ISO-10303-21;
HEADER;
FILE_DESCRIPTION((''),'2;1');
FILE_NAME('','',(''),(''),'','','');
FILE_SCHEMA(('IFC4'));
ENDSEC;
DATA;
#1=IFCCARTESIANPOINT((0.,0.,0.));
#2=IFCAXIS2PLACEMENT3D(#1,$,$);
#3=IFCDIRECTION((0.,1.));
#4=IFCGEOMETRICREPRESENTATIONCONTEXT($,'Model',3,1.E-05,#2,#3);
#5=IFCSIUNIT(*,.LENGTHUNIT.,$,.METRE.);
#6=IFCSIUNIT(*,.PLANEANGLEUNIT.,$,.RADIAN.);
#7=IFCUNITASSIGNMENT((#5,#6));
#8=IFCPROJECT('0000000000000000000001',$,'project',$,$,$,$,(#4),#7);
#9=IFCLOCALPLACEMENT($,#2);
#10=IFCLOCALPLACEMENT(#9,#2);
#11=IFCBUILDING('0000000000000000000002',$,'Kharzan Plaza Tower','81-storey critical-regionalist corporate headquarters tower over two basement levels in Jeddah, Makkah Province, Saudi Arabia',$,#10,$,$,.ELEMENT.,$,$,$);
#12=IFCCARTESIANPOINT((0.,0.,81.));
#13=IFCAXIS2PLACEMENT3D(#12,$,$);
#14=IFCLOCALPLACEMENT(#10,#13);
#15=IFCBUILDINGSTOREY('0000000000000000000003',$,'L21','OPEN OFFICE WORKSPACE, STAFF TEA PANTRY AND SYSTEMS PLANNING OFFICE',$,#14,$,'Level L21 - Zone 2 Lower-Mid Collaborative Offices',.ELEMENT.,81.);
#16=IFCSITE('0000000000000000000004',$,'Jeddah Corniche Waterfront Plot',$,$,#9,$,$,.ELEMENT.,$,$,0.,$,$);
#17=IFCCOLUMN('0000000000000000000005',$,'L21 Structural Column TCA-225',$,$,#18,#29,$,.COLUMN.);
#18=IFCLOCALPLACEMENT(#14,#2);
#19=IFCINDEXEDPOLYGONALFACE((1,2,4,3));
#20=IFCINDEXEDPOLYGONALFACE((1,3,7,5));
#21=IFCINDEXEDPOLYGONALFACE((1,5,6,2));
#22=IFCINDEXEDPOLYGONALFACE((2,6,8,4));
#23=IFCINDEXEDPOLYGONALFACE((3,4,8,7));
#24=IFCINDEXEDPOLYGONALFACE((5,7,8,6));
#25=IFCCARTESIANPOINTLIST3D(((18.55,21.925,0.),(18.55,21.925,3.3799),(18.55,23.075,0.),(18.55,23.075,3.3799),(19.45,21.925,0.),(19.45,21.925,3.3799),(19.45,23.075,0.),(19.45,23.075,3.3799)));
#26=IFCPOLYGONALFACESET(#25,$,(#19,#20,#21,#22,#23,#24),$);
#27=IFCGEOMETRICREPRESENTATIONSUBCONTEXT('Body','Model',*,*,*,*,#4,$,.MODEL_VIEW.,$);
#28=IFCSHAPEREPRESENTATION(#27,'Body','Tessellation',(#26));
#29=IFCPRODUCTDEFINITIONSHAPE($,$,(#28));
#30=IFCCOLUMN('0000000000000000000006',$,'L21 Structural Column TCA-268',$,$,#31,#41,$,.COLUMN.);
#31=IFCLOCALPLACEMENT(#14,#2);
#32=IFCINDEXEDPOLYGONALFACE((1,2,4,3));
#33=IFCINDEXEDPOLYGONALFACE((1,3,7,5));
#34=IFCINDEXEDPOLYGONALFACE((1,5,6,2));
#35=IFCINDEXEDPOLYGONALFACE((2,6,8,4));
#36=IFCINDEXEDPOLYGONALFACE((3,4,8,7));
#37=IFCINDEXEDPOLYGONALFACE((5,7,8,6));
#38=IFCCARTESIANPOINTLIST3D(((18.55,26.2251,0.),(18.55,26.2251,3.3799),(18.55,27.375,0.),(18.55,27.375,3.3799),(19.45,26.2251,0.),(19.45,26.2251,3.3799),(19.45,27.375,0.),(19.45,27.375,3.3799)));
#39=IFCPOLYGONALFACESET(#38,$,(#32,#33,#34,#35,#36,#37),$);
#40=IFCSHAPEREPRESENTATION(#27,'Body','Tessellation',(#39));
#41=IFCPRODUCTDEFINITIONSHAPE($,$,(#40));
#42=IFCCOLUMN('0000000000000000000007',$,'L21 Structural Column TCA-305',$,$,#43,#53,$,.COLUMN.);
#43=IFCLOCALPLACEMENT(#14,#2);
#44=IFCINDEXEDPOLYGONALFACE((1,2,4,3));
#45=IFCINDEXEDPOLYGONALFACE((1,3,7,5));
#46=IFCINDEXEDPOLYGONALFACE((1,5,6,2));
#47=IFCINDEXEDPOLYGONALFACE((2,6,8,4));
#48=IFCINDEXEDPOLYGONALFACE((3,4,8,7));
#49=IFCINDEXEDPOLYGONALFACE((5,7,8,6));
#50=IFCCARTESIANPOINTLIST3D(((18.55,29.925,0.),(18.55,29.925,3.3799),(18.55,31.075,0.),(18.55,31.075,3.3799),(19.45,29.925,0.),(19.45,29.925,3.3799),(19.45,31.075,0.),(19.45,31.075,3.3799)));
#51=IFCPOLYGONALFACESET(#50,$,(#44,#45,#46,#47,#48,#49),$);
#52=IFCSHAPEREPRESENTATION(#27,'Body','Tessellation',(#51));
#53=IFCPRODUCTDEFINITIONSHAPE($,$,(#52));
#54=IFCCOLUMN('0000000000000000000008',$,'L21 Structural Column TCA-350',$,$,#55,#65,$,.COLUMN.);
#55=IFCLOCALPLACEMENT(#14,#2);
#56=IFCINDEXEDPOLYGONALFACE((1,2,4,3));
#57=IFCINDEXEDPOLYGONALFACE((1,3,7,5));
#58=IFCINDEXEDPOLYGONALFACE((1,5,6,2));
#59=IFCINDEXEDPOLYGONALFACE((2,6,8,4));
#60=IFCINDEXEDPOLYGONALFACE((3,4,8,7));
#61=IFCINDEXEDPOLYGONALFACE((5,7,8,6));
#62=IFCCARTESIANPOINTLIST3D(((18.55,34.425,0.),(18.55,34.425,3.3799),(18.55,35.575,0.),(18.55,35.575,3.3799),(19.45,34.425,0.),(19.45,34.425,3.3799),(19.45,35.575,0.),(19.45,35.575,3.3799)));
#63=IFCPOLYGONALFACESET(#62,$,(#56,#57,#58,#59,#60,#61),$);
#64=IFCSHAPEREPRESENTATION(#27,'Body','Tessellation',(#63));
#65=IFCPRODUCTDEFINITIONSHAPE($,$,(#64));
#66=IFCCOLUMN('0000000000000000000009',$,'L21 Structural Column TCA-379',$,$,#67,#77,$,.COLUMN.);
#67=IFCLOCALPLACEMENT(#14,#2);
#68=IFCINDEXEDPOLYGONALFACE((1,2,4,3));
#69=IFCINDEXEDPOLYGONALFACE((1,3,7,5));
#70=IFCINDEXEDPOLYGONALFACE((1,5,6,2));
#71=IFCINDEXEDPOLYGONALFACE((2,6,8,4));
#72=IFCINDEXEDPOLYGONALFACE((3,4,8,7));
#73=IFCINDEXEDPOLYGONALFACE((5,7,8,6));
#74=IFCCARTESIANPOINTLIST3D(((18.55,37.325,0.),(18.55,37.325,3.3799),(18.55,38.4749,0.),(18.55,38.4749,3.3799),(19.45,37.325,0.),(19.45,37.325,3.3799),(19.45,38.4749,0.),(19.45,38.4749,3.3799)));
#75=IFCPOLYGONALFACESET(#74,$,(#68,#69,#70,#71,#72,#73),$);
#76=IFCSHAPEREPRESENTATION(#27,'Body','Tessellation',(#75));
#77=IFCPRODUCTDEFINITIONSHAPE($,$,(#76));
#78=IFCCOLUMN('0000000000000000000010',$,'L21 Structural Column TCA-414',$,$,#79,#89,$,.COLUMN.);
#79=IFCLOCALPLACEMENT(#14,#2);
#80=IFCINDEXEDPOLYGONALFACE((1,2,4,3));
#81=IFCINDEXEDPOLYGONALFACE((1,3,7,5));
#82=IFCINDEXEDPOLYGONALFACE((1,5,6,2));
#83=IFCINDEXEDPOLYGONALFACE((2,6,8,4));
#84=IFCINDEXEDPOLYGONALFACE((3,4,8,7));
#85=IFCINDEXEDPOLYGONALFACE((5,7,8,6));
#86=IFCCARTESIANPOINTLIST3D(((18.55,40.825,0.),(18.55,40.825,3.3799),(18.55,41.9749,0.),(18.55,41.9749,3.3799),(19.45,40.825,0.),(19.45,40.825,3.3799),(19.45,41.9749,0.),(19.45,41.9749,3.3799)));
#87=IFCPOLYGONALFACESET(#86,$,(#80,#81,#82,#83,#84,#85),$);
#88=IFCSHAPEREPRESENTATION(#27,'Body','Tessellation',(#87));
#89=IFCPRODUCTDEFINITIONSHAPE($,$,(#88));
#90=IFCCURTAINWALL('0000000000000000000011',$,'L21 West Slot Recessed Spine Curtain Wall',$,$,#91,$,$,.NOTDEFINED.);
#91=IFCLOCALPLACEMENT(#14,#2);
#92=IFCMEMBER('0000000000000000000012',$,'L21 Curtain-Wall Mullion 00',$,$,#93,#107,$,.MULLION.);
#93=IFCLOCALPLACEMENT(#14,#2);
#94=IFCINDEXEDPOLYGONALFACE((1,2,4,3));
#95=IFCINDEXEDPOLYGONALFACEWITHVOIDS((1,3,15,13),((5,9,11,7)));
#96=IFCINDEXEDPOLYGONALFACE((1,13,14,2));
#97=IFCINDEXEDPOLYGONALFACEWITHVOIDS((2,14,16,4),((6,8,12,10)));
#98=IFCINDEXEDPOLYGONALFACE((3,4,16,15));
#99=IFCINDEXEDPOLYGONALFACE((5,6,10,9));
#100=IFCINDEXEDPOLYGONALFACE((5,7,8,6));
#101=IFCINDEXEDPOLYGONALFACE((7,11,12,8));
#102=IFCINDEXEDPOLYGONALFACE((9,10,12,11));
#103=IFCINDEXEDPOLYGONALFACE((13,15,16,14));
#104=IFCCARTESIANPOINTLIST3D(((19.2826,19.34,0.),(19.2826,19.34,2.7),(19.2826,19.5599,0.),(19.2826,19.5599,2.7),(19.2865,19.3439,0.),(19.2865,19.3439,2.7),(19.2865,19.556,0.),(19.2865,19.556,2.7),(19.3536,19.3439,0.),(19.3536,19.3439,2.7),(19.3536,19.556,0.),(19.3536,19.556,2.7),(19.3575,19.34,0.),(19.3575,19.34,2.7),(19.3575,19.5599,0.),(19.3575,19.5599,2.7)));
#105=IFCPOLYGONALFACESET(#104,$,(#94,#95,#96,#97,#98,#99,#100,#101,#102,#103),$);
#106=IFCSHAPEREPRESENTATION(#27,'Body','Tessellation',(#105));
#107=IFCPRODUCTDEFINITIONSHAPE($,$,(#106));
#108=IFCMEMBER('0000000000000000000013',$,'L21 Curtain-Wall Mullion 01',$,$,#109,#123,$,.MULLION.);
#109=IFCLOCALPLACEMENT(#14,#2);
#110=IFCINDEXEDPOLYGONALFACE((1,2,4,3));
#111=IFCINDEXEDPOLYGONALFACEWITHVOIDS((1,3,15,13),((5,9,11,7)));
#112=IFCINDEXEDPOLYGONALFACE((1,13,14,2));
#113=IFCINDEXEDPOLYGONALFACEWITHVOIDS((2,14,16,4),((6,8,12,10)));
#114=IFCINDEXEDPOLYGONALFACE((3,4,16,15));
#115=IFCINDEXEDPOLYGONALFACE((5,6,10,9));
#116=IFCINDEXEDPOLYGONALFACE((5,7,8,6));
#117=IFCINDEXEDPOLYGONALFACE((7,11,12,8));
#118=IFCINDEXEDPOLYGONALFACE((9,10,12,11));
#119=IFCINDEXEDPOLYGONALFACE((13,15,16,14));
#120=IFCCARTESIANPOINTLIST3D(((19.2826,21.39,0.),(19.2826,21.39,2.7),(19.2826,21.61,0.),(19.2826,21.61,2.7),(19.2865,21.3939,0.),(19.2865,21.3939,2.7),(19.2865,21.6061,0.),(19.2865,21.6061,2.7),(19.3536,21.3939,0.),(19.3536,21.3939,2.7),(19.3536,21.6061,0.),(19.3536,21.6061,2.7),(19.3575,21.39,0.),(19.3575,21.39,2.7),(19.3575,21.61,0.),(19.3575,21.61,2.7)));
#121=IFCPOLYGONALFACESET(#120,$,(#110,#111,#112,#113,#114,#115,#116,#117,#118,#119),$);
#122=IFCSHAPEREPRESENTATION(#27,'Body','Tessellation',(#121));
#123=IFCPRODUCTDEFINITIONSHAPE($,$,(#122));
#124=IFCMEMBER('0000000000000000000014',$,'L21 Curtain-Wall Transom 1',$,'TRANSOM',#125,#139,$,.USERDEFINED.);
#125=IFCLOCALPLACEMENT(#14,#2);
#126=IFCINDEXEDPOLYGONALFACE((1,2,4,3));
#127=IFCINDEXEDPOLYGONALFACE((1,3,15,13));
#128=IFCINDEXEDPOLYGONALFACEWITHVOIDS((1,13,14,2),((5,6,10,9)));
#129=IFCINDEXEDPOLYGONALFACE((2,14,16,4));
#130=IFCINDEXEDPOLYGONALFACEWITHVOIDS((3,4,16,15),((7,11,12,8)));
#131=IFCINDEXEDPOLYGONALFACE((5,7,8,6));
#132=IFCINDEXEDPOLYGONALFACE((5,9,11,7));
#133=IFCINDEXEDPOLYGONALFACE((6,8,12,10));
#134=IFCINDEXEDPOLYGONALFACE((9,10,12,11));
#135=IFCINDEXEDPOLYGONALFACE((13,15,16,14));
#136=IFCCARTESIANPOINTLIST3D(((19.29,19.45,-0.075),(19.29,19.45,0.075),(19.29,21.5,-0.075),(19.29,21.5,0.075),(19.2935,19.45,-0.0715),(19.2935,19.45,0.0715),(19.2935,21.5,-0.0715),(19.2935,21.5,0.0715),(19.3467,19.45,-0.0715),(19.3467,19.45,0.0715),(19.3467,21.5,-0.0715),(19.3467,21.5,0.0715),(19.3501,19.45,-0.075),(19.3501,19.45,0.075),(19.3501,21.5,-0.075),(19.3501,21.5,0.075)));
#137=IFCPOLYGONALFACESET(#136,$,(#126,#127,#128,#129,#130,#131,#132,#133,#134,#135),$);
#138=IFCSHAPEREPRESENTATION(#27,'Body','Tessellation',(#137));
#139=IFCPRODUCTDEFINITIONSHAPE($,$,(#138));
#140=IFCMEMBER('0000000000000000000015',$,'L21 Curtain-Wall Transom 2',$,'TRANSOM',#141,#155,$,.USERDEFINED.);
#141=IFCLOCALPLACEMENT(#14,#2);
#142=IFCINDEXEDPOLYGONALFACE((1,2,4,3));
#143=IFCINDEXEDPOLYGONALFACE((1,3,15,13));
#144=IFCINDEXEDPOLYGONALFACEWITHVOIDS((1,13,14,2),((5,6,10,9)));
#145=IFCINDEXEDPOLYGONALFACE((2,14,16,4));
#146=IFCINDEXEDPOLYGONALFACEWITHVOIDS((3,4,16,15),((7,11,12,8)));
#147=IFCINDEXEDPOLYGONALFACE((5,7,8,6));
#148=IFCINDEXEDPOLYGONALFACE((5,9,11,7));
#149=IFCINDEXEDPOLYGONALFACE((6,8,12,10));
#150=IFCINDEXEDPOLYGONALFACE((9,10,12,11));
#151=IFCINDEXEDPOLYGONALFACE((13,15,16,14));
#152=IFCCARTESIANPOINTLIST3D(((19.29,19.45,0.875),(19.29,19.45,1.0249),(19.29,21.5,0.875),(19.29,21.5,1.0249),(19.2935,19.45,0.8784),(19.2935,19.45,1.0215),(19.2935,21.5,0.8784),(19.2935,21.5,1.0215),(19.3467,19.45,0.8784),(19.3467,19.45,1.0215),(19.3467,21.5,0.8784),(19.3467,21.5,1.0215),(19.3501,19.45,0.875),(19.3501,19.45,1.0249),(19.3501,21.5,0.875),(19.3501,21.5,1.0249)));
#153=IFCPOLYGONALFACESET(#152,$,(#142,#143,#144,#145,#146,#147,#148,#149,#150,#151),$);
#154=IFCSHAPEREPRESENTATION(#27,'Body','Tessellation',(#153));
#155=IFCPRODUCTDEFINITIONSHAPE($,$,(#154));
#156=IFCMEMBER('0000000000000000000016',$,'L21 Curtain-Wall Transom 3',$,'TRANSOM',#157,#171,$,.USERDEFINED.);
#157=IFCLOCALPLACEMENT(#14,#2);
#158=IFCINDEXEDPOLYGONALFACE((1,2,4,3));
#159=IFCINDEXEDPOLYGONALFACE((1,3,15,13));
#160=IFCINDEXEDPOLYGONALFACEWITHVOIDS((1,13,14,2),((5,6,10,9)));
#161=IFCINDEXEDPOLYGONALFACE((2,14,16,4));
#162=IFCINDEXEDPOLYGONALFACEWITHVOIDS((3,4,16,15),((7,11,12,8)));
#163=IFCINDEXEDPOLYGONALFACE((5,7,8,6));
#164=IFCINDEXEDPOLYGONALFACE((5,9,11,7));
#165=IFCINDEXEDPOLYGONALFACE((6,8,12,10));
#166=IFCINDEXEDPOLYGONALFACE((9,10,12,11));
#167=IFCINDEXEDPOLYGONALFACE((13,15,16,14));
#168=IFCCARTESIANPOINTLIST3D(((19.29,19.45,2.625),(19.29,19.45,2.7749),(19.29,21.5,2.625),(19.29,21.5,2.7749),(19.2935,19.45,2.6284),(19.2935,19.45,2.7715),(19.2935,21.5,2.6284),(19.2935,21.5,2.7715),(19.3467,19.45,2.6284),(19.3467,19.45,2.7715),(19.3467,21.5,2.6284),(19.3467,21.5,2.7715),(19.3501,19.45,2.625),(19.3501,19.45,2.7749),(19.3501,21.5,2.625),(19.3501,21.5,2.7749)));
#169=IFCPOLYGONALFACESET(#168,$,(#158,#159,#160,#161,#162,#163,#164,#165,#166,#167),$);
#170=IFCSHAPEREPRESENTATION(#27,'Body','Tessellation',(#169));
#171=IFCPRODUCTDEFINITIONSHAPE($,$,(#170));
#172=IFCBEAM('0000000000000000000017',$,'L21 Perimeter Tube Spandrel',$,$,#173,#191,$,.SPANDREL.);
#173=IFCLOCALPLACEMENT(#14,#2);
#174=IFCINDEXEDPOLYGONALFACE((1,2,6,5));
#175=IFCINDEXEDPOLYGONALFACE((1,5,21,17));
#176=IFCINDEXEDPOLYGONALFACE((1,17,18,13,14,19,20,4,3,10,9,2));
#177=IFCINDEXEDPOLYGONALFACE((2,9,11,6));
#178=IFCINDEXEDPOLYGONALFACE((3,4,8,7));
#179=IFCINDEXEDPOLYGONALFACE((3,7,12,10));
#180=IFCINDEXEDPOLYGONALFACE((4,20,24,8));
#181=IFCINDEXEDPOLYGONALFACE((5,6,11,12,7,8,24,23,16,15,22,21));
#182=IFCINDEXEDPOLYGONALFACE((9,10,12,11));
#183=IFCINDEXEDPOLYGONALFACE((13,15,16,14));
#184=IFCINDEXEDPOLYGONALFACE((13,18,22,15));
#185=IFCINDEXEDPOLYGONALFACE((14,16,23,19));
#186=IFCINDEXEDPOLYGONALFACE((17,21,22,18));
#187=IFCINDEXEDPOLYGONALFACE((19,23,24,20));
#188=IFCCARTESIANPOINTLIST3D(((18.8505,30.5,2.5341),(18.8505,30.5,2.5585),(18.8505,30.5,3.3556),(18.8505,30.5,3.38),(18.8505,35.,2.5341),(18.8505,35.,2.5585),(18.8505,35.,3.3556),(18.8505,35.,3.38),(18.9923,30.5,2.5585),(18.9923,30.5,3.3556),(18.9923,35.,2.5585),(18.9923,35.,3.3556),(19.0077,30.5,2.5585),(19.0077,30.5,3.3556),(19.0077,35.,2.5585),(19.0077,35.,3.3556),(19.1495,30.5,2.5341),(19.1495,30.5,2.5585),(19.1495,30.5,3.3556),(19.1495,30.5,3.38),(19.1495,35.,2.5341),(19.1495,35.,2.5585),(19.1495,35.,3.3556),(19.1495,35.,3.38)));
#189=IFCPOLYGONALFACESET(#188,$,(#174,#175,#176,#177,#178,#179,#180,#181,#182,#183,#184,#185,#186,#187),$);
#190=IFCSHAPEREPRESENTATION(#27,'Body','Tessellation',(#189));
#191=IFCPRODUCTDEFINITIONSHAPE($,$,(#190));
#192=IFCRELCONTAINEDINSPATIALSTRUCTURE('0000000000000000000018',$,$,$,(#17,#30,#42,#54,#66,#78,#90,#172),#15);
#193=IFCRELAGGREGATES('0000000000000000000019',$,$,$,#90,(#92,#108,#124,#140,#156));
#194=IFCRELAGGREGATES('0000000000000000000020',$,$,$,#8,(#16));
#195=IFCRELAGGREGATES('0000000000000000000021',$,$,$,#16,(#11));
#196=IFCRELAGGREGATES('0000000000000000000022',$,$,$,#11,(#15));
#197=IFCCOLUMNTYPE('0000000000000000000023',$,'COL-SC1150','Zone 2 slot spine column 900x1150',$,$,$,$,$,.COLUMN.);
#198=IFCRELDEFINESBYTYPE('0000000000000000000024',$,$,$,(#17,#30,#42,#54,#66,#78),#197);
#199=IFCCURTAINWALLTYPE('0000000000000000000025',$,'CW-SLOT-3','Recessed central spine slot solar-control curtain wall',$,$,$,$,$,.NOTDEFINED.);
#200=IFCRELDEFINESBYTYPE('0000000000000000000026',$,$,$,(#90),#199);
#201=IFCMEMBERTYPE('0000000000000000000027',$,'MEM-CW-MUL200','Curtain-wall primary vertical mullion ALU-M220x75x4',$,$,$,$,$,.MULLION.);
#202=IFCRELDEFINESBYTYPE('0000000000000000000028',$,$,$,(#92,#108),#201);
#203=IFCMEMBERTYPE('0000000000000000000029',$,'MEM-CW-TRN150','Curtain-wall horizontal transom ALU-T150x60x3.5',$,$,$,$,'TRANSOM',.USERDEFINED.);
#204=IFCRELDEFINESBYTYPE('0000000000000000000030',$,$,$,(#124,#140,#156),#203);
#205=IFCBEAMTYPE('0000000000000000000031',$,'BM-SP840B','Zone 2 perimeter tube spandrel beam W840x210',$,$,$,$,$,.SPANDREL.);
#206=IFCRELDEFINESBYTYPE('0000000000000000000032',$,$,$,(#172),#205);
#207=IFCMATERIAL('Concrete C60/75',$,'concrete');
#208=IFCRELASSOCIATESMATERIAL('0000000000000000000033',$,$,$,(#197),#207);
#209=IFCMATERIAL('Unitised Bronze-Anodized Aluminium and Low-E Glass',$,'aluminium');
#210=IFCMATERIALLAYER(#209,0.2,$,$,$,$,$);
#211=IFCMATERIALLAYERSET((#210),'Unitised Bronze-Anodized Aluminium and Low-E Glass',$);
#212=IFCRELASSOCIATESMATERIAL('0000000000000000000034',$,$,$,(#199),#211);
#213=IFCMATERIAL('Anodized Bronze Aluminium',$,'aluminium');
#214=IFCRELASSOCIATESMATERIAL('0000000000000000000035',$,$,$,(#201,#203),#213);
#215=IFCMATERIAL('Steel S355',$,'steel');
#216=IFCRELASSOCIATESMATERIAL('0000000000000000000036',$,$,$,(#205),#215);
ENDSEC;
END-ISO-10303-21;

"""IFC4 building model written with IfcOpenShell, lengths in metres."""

from ifc_helpers import new_model, si_unit, direction, frame, origin, origin_2d, place, context, subcontext, project, spatial, rectangle, hollow_rectangle, i_section, extrude, source, transform, mapped, material, layer, layer_set, material_profile, profile_set, type_object, element, aggregate, save


model = new_model("IFC4")

# Units and contexts
model_context = context("Model", 3, precision=1e-05, world=origin(), true_north=direction((0.0, 1.0)))
body_context = subcontext(model_context, "Body", "Model", "MODEL_VIEW")
ifc_project = project(units=[si_unit("LENGTHUNIT", "METRE"), si_unit("PLANEANGLEUNIT", "RADIAN")], contexts=[model_context])

# Site, building, storey
site_placement = place(None, origin())
site = spatial("IfcSite", under=ifc_project, at=site_placement, Name="Jeddah Corniche Waterfront Plot", CompositionType="ELEMENT", RefElevation=0.0)
building_placement = place(site_placement, origin())
building = spatial("IfcBuilding", under=site, at=building_placement, Name="Kharzan Plaza Tower", Description="81-storey critical-regionalist corporate headquarters tower over two basement levels in Jeddah, Makkah Province, Saudi Arabia", CompositionType="ELEMENT")
storey_placement = place(building_placement, frame((0.0, 0.0, 81.0)))
storey = spatial("IfcBuildingStorey", under=building, at=storey_placement, Name="L21", Description="OPEN OFFICE WORKSPACE, STAFF TEA PANTRY AND SYSTEMS PLANNING OFFICE", LongName="Level L21 - Zone 2 Lower-Mid Collaborative Offices", CompositionType="ELEMENT", Elevation=81.0)

# Columns
ifc_material_1 = material(Name="Concrete C60/75", Category="concrete")
ifc_material_profile_1 = material_profile(ifc_material_1, rectangle(XDim=0.8999, YDim=1.1499, at=origin_2d()), Name="RC-SC1150x900")
ifc_profile_set_1 = profile_set([ifc_material_profile_1], Name="Concrete C60/75")
column_type = type_object("IfcColumnType", Name="COL-SC1150", Description="Zone 2 slot spine column 900x1150", PredefinedType="COLUMN", material=ifc_profile_set_1)
shared_shape_1 = source(origin(), body_context, "Body", "SweptSolid", [
    extrude(rectangle(XDim=0.8999, YDim=1.1499, at=origin_2d()), origin(), (0.0, 0.0, 1.0), 3.3799),
])
for number, where, z_axis, x_axis, name in (
    (1, (19.0, 22.5, 0.0), (0.0, 0.0, 1.0), (1.0, 0.0, 0.0), "L21 Structural Column TCA-225"),
    (2, (19.0, 26.8, 0.0), (0.0, 0.0, 1.0), (1.0, 0.0, 0.0), "L21 Structural Column TCA-268"),
    (3, (19.0, 30.5, 0.0), (0.0, 0.0, 1.0), (1.0, 0.0, 0.0), "L21 Structural Column TCA-305"),
    (4, (19.0, 35.0, 0.0), (0.0, 0.0, 1.0), (1.0, 0.0, 0.0), "L21 Structural Column TCA-350"),
    (5, (19.0, 37.8999, 0.0), (0.0, 0.0, 1.0), (1.0, 0.0, 0.0), "L21 Structural Column TCA-379"),
    (6, (19.0, 41.3999, 0.0), (0.0, 0.0, 1.0), (1.0, 0.0, 0.0), "L21 Structural Column TCA-414"),
):
    element("IfcColumn", number, at=place(storey_placement, frame(where, z_axis=z_axis, x_axis=x_axis)), inside=storey, type_object=column_type, Name=name, PredefinedType="COLUMN", context=body_context, shape_type="MappedRepresentation", body=[
        mapped(shared_shape_1, transform((0.0, 0.0, 0.0), x_axis=(1.0, 0.0, 0.0), y_axis=(0.0, 1.0, 0.0), z_axis=(0.0, 0.0, 1.0))),
    ])

# Curtain wall, members
ifc_material_2 = material(Name="Unitised Bronze-Anodized Aluminium and Low-E Glass", Category="aluminium")
ifc_layer_1 = layer(ifc_material_2, 0.2)
ifc_layer_set_1 = layer_set([ifc_layer_1], Name="Unitised Bronze-Anodized Aluminium and Low-E Glass")
curtain_wall_type = type_object("IfcCurtainWallType", Name="CW-SLOT-3", Description="Recessed central spine slot solar-control curtain wall", PredefinedType="NOTDEFINED", material=ifc_layer_set_1)
curtain_wall_placement = place(storey_placement, origin())
curtain_wall = element("IfcCurtainWall", 7, at=curtain_wall_placement, inside=storey, type_object=curtain_wall_type, Name="L21 West Slot Recessed Spine Curtain Wall", PredefinedType="NOTDEFINED")
ifc_material_3 = material(Name="Anodized Bronze Aluminium", Category="aluminium")
ifc_material_profile_2 = material_profile(ifc_material_3, hollow_rectangle(XDim=0.075, YDim=0.22, WallThickness=0.0039, at=origin_2d()), Name="ALU-M220x75x4")
ifc_profile_set_2 = profile_set([ifc_material_profile_2], Name="Anodized Bronze Aluminium")
member_type_1 = type_object("IfcMemberType", Name="MEM-CW-MUL200", Description="Curtain-wall primary vertical mullion ALU-M220x75x4", PredefinedType="MULLION", material=ifc_profile_set_2)
shared_shape_2 = source(origin(), body_context, "Body", "SweptSolid", [
    extrude(hollow_rectangle(XDim=0.075, YDim=0.22, WallThickness=0.0039, at=origin_2d()), origin(), (0.0, 0.0, 1.0), 2.7),
])
member_1_placement = place(storey_placement, frame((19.3201, 19.45, 0.0), z_axis=(0.0, 0.0, 1.0), x_axis=(1.0, 0.0, 0.0)))
member_1 = element("IfcMember", 8, at=member_1_placement, type_object=member_type_1, Name="L21 Curtain-Wall Mullion 00", PredefinedType="MULLION", context=body_context, shape_type="MappedRepresentation", body=[
    mapped(shared_shape_2, transform((0.0, 0.0, 0.0), x_axis=(1.0, 0.0, 0.0), y_axis=(0.0, 1.0, 0.0), z_axis=(0.0, 0.0, 1.0))),
])
member_2_placement = place(storey_placement, frame((19.3201, 21.5, 0.0), z_axis=(0.0, 0.0, 1.0), x_axis=(1.0, 0.0, 0.0)))
member_2 = element("IfcMember", 9, at=member_2_placement, type_object=member_type_1, Name="L21 Curtain-Wall Mullion 01", PredefinedType="MULLION", context=body_context, shape_type="MappedRepresentation", body=[
    mapped(shared_shape_2, transform((0.0, 0.0, 0.0), x_axis=(1.0, 0.0, 0.0), y_axis=(0.0, 1.0, 0.0), z_axis=(0.0, 0.0, 1.0))),
])
ifc_material_profile_3 = material_profile(ifc_material_3, hollow_rectangle(XDim=0.0601, YDim=0.1499, WallThickness=0.0034, at=origin_2d()), Name="ALU-T150x60x3.5")
ifc_profile_set_3 = profile_set([ifc_material_profile_3], Name="Anodized Bronze Aluminium")
member_type_2 = type_object("IfcMemberType", Name="MEM-CW-TRN150", Description="Curtain-wall horizontal transom ALU-T150x60x3.5", ElementType="TRANSOM", PredefinedType="USERDEFINED", material=ifc_profile_set_3)
shared_shape_3 = source(origin(), body_context, "Body", "SweptSolid", [
    extrude(hollow_rectangle(XDim=0.0601, YDim=0.1499, WallThickness=0.0034, at=origin_2d()), origin(), (0.0, 0.0, 1.0), 2.05),
])
member_3_placement = place(storey_placement, frame((19.3201, 19.45, 0.0), z_axis=(0.0, 1.0, 0.0), x_axis=(-1.0, 0.0, 0.0)))
member_3 = element("IfcMember", 10, at=member_3_placement, type_object=member_type_2, Name="L21 Curtain-Wall Transom 1", ObjectType="TRANSOM", PredefinedType="USERDEFINED", context=body_context, shape_type="MappedRepresentation", body=[
    mapped(shared_shape_3, transform((0.0, 0.0, 0.0), x_axis=(1.0, 0.0, 0.0), y_axis=(0.0, 1.0, 0.0), z_axis=(0.0, 0.0, 1.0))),
])
member_4_placement = place(storey_placement, frame((19.3201, 19.45, 0.95), z_axis=(0.0, 1.0, 0.0), x_axis=(-1.0, 0.0, 0.0)))
member_4 = element("IfcMember", 11, at=member_4_placement, type_object=member_type_2, Name="L21 Curtain-Wall Transom 2", ObjectType="TRANSOM", PredefinedType="USERDEFINED", context=body_context, shape_type="MappedRepresentation", body=[
    mapped(shared_shape_3, transform((0.0, 0.0, 0.0), x_axis=(1.0, 0.0, 0.0), y_axis=(0.0, 1.0, 0.0), z_axis=(0.0, 0.0, 1.0))),
])
member_5_placement = place(storey_placement, frame((19.3201, 19.45, 2.7), z_axis=(0.0, 1.0, 0.0), x_axis=(-1.0, 0.0, 0.0)))
member_5 = element("IfcMember", 12, at=member_5_placement, type_object=member_type_2, Name="L21 Curtain-Wall Transom 3", ObjectType="TRANSOM", PredefinedType="USERDEFINED", context=body_context, shape_type="MappedRepresentation", body=[
    mapped(shared_shape_3, transform((0.0, 0.0, 0.0), x_axis=(1.0, 0.0, 0.0), y_axis=(0.0, 1.0, 0.0), z_axis=(0.0, 0.0, 1.0))),
])

# Beam
ifc_material_4 = material(Name="Steel S355", Category="steel")
ifc_material_profile_4 = material_profile(ifc_material_4, i_section(OverallWidth=0.2991, OverallDepth=0.8459, WebThickness=0.0154, FlangeThickness=0.0244, at=origin_2d()), Name="W840x210")
ifc_profile_set_4 = profile_set([ifc_material_profile_4], Name="Steel S355")
beam_type = type_object("IfcBeamType", Name="BM-SP840B", Description="Zone 2 perimeter tube spandrel beam W840x210", PredefinedType="SPANDREL", material=ifc_profile_set_4)
shared_shape_4 = source(origin(), body_context, "Body", "SweptSolid", [
    extrude(i_section(OverallWidth=0.2991, OverallDepth=0.8459, WebThickness=0.0154, FlangeThickness=0.0244, at=origin_2d()), origin(), (0.0, 0.0, 1.0), 4.5),
])
beam_1_placement = place(storey_placement, frame((19.0, 30.5, 2.957), z_axis=(0.0, 1.0, 0.0), x_axis=(-1.0, 0.0, 0.0)))
element("IfcBeam", 13, at=beam_1_placement, inside=storey, type_object=beam_type, Name="L21 Perimeter Tube Spandrel", PredefinedType="SPANDREL", context=body_context, shape_type="MappedRepresentation", body=[
    mapped(shared_shape_4, transform((0.0, 0.0, 0.0), x_axis=(1.0, 0.0, 0.0), y_axis=(0.0, 1.0, 0.0), z_axis=(0.0, 0.0, 1.0))),
])

aggregate(curtain_wall, [member_1, member_2, member_3, member_4, member_5])

save(model, "model.ifc")
